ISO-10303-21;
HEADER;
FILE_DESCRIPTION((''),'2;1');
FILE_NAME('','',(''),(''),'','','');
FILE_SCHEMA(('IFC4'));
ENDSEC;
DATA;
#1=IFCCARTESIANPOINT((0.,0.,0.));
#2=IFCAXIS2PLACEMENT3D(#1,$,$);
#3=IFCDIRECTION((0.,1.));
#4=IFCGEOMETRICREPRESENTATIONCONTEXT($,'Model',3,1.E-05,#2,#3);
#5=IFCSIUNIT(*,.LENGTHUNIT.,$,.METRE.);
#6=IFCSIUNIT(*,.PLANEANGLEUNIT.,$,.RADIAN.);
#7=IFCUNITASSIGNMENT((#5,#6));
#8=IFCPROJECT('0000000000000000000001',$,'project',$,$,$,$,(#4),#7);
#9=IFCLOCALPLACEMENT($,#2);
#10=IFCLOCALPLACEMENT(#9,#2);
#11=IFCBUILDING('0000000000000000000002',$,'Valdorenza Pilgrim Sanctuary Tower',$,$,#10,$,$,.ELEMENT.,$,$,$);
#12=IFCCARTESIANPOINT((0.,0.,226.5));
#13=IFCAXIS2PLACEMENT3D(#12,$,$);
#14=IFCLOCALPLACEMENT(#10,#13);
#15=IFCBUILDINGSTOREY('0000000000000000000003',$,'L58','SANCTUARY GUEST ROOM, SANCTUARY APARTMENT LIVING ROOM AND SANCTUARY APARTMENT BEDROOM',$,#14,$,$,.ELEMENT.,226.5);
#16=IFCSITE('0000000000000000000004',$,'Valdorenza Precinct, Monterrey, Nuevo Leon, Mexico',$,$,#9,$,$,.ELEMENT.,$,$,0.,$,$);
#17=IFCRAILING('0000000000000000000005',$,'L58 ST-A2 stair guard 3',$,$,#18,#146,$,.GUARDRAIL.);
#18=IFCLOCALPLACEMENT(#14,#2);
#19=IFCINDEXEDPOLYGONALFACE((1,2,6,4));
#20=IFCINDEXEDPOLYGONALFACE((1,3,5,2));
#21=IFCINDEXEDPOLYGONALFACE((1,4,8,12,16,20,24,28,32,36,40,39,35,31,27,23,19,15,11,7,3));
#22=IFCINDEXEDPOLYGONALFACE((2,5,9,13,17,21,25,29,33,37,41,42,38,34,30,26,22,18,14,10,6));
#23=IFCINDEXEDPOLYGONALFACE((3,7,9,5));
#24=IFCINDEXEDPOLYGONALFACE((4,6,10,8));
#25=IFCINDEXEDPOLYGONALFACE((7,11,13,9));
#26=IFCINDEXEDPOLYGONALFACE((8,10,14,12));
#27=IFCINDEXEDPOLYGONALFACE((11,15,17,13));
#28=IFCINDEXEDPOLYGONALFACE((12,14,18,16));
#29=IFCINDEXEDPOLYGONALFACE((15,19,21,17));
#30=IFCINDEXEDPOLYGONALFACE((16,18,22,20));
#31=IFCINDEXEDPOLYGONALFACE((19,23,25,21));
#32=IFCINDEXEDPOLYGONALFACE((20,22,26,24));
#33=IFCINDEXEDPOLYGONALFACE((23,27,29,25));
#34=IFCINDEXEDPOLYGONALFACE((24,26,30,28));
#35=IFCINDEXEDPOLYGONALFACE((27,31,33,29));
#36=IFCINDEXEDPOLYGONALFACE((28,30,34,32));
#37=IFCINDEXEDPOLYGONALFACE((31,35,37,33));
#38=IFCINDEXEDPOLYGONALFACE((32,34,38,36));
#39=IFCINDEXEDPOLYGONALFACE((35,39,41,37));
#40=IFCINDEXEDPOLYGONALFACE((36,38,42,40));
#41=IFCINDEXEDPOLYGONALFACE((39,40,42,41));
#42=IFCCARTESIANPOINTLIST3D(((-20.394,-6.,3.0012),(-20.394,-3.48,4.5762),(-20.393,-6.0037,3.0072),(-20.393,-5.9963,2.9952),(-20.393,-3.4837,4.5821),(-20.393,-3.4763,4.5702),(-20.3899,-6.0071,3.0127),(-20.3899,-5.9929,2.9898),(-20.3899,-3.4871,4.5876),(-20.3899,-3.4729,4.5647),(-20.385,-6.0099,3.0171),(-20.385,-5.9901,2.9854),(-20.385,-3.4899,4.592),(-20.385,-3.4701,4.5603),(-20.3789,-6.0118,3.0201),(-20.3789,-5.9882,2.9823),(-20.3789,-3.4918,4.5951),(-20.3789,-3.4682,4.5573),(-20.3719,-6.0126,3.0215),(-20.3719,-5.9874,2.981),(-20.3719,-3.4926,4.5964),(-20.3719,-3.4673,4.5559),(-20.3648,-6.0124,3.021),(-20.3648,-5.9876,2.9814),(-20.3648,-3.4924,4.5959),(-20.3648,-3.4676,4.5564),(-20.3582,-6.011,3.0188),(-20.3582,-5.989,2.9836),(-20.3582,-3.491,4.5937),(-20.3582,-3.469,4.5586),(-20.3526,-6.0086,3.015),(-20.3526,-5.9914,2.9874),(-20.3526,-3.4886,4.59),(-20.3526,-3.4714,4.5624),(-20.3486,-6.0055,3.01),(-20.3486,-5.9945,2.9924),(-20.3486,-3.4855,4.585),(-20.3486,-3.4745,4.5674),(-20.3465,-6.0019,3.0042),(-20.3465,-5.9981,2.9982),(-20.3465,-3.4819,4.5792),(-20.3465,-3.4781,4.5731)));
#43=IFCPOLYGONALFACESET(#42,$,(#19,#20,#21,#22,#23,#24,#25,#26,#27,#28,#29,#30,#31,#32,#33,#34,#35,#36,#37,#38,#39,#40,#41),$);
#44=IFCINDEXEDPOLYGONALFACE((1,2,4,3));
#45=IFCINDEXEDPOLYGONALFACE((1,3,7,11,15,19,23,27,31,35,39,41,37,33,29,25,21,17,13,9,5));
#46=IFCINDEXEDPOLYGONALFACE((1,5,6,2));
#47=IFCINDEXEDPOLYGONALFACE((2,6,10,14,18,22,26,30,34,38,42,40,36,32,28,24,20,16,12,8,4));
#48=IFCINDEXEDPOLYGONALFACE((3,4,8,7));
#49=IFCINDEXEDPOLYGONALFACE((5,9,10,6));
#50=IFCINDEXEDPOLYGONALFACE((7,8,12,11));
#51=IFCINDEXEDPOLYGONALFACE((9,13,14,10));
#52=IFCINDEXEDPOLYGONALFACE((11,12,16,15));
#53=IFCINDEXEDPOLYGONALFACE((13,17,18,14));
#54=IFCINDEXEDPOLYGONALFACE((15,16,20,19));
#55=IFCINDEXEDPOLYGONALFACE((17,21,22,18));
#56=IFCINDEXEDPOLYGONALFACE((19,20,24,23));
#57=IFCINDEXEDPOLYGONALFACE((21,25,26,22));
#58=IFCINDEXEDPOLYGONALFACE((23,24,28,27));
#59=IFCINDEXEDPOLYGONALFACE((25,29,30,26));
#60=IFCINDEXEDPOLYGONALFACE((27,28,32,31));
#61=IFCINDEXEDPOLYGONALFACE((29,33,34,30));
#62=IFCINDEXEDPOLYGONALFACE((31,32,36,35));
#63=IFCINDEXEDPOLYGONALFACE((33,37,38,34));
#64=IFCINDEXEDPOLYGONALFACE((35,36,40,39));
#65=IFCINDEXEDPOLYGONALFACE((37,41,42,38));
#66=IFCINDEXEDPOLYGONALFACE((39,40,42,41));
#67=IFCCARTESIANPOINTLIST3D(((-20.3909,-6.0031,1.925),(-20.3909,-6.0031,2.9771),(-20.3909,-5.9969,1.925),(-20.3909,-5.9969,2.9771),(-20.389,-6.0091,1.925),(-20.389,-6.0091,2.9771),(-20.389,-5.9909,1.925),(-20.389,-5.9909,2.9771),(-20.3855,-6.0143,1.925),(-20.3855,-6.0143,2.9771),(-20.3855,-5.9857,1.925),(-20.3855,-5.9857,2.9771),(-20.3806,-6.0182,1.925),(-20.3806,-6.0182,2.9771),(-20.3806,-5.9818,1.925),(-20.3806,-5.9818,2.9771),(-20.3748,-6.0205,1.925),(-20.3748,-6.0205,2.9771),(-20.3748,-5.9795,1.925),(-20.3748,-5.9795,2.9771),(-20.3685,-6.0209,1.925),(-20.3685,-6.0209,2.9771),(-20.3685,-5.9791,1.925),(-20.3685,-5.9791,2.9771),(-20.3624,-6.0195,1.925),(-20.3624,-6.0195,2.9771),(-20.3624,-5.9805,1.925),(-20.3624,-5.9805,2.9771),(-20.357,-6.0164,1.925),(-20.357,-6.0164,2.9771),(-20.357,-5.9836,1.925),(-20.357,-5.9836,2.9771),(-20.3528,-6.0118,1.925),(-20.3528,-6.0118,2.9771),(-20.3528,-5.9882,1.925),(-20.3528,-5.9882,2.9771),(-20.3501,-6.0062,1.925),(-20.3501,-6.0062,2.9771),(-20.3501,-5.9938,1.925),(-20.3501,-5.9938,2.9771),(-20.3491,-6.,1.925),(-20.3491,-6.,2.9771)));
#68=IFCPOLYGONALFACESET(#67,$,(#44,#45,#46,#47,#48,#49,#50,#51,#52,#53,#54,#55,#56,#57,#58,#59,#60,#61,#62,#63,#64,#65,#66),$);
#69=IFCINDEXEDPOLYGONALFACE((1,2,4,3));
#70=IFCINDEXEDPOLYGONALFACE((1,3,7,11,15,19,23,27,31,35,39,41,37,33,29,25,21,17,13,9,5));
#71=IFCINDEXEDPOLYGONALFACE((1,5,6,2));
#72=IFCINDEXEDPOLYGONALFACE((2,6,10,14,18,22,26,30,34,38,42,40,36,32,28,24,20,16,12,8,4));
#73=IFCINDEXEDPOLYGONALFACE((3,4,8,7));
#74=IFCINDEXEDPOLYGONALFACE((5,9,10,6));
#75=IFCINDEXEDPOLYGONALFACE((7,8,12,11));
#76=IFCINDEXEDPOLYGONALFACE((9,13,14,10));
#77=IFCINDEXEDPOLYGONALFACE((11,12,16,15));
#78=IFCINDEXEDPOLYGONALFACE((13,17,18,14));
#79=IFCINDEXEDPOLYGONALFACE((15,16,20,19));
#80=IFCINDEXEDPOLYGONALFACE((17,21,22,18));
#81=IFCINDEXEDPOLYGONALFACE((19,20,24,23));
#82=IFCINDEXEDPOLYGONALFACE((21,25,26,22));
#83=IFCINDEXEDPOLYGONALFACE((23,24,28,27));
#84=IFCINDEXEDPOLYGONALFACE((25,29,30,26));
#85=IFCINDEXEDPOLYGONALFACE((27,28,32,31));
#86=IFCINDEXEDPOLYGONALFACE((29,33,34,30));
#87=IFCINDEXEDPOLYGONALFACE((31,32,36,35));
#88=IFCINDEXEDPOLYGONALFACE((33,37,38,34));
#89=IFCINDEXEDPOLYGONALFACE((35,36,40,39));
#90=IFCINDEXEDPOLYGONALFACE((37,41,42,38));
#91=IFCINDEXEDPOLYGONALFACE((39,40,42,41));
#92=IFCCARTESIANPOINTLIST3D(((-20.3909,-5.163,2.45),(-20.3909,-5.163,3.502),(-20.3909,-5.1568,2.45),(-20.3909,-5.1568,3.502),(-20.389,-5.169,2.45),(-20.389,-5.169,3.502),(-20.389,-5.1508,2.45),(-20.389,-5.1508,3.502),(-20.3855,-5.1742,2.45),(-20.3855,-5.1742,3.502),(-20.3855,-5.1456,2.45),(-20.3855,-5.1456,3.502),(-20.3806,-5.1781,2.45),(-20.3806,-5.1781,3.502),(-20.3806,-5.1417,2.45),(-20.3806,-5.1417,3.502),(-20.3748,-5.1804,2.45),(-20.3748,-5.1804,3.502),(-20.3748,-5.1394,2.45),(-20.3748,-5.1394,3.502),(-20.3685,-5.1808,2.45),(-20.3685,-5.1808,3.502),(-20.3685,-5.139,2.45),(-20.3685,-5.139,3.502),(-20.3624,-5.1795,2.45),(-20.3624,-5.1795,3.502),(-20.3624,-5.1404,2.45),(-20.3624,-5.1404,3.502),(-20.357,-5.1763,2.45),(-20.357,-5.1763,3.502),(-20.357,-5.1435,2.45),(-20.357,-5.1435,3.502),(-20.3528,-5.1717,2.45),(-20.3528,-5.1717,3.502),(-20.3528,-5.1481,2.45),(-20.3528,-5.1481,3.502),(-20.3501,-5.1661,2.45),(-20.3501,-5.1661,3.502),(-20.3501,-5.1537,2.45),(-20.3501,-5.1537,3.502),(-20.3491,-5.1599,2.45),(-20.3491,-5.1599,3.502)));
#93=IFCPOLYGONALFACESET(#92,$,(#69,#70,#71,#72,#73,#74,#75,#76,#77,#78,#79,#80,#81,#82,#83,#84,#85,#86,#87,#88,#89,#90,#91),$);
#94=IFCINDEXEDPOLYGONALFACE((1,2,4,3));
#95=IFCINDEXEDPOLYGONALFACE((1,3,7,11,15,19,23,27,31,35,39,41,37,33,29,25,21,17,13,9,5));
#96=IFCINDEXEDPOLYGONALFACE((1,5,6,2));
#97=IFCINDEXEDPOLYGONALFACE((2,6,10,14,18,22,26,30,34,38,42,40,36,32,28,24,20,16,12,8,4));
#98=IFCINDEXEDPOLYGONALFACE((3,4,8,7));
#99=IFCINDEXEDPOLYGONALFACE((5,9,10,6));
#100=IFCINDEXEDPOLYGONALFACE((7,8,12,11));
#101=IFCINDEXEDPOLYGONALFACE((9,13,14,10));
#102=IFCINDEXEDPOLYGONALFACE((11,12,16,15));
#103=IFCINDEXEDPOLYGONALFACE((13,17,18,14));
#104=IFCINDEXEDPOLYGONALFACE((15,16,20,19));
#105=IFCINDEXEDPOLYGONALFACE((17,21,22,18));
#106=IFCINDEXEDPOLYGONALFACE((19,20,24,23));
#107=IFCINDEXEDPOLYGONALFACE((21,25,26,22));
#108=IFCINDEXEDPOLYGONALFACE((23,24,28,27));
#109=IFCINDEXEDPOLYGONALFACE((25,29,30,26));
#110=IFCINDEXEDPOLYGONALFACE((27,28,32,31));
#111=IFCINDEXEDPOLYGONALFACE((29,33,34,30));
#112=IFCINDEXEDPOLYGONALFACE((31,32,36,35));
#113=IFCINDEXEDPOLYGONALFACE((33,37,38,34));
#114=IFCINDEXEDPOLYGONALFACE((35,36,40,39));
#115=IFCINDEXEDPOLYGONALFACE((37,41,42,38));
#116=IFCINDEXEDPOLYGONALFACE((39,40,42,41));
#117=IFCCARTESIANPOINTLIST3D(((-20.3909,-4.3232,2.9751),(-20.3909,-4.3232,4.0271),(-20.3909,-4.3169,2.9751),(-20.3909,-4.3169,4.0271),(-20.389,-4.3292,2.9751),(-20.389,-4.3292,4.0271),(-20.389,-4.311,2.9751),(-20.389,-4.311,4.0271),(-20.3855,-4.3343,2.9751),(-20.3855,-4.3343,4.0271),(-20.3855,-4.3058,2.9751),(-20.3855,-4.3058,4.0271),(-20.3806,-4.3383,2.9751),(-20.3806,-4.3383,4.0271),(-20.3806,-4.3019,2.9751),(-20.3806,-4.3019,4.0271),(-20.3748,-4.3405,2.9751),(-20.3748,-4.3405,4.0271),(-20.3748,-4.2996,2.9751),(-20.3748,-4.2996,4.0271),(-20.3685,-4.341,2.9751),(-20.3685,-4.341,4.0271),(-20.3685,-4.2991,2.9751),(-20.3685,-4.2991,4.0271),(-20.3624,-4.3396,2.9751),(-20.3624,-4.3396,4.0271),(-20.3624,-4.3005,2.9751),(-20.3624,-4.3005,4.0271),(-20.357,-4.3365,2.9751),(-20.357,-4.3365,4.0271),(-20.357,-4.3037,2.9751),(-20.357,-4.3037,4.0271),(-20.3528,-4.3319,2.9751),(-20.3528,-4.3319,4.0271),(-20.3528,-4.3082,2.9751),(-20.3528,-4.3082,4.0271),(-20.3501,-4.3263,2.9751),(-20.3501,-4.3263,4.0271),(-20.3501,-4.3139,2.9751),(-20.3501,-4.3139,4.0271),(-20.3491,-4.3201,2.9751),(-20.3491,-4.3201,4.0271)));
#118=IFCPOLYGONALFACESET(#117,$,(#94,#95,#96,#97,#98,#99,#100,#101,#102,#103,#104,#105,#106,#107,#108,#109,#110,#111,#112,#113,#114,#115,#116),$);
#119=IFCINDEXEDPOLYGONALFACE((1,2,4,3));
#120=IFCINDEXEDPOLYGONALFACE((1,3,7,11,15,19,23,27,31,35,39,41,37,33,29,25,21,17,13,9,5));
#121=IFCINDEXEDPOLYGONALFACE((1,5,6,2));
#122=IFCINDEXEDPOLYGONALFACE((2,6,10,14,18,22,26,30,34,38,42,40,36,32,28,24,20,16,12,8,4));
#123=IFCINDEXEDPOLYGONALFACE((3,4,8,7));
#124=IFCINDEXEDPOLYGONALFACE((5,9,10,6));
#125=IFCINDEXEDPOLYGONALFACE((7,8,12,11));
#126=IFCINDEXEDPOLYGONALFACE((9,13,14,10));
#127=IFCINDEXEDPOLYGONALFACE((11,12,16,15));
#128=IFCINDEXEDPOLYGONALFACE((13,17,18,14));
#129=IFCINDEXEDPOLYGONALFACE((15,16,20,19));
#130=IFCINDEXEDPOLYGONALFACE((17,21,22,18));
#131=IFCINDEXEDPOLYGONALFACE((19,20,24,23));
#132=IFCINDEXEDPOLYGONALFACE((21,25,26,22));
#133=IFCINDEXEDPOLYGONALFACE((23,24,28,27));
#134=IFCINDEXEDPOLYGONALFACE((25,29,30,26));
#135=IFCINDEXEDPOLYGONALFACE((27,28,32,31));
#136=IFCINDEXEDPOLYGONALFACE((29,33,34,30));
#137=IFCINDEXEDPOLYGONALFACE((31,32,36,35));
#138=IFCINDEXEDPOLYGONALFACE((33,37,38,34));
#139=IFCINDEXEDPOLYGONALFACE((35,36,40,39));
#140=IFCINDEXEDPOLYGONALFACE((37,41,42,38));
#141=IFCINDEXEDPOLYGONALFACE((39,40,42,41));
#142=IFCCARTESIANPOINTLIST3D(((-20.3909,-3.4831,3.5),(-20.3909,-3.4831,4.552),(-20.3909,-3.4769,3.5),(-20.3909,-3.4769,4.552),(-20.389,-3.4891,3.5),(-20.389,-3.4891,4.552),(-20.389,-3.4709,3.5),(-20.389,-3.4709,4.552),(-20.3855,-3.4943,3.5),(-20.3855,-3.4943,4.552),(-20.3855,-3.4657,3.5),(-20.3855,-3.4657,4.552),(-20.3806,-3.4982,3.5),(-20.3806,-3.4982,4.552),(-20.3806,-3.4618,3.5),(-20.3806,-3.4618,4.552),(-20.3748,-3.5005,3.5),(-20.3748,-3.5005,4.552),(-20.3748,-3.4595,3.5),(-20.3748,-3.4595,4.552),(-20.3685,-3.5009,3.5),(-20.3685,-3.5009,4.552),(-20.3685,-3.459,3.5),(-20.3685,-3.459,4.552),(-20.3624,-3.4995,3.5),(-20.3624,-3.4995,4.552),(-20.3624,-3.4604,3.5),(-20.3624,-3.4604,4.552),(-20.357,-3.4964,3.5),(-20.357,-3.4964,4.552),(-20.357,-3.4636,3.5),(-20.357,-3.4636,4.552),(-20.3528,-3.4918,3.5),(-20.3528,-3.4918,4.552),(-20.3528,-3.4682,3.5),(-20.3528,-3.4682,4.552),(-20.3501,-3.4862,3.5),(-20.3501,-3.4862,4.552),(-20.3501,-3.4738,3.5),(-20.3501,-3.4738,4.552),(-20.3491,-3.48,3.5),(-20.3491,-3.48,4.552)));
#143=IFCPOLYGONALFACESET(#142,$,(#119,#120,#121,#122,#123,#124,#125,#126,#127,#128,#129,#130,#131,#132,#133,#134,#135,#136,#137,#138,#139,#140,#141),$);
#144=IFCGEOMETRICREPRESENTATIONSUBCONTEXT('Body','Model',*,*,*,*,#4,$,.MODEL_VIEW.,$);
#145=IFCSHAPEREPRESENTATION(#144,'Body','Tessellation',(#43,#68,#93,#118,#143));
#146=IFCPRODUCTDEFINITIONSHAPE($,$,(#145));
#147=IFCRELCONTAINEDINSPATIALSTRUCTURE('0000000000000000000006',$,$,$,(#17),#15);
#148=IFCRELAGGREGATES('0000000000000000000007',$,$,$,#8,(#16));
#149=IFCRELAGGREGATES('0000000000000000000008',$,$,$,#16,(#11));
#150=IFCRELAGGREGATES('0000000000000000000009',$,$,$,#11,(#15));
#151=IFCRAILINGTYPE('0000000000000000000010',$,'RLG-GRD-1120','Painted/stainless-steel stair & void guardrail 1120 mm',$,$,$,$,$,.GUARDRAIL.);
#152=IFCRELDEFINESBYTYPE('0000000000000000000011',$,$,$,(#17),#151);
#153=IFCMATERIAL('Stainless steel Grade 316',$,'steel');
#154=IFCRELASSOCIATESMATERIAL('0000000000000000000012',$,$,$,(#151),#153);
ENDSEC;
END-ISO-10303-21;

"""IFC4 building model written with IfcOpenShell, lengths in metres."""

from ifc_helpers import new_model, si_unit, direction, frame, origin, origin_2d, place, context, subcontext, project, spatial, circle, extrude, material, type_object, element, save


model = new_model("IFC4")

# Units and contexts
model_context = context("Model", 3, precision=1e-05, world=origin(), true_north=direction((0.0, 1.0)))
body_context = subcontext(model_context, "Body", "Model", "MODEL_VIEW")
ifc_project = project(units=[si_unit("LENGTHUNIT", "METRE"), si_unit("PLANEANGLEUNIT", "RADIAN")], contexts=[model_context])

# Site, building, storey
site_placement = place(None, origin())
site = spatial("IfcSite", under=ifc_project, at=site_placement, Name="Valdorenza Precinct, Monterrey, Nuevo Leon, Mexico", CompositionType="ELEMENT", RefElevation=0.0)
building_placement = place(site_placement, origin())
building = spatial("IfcBuilding", under=site, at=building_placement, Name="Valdorenza Pilgrim Sanctuary Tower", CompositionType="ELEMENT")
storey_placement = place(building_placement, frame((0.0, 0.0, 226.5)))
storey = spatial("IfcBuildingStorey", under=building, at=storey_placement, Name="L58", Description="SANCTUARY GUEST ROOM, SANCTUARY APARTMENT LIVING ROOM AND SANCTUARY APARTMENT BEDROOM", CompositionType="ELEMENT", Elevation=226.5)

# Railing
ifc_material_1 = material(Name="Stainless steel Grade 316", Category="steel")
railing_type_1 = type_object("IfcRailingType", Name="RLG-GRD-1120", Description="Painted/stainless-steel stair & void guardrail 1120 mm", PredefinedType="GUARDRAIL", material=ifc_material_1)
railing_1_placement = place(storey_placement, frame((-20.3701, -6.0, 1.925)))
element("IfcRailing", 1, at=railing_1_placement, inside=storey, type_object=railing_type_1, Name="L58 ST-A2 stair guard 3", PredefinedType="GUARDRAIL", context=body_context, shape_type="SweptSolid", body=[
    extrude(circle(Radius=0.0239, at=origin_2d()), frame((0.0, 0.0, 1.0762), z_axis=(0.0, 0.848008, 0.529984), x_axis=(-1.0, 0.0, 0.0)), (0.0, 0.0, 1.0), 2.9717),
    extrude(circle(Radius=0.021, at=origin_2d()), origin(), (0.0, 0.0, 1.0), 1.052),
    extrude(circle(Radius=0.021, at=origin_2d()), frame((0.0, 0.8401, 0.5249)), (0.0, 0.0, 1.0), 1.052),
    extrude(circle(Radius=0.021, at=origin_2d()), frame((0.0, 1.6799, 1.05)), (0.0, 0.0, 1.0), 1.052),
    extrude(circle(Radius=0.021, at=origin_2d()), frame((0.0, 2.52, 1.575)), (0.0, 0.0, 1.0), 1.052),
])

save(model, "model.ifc")
